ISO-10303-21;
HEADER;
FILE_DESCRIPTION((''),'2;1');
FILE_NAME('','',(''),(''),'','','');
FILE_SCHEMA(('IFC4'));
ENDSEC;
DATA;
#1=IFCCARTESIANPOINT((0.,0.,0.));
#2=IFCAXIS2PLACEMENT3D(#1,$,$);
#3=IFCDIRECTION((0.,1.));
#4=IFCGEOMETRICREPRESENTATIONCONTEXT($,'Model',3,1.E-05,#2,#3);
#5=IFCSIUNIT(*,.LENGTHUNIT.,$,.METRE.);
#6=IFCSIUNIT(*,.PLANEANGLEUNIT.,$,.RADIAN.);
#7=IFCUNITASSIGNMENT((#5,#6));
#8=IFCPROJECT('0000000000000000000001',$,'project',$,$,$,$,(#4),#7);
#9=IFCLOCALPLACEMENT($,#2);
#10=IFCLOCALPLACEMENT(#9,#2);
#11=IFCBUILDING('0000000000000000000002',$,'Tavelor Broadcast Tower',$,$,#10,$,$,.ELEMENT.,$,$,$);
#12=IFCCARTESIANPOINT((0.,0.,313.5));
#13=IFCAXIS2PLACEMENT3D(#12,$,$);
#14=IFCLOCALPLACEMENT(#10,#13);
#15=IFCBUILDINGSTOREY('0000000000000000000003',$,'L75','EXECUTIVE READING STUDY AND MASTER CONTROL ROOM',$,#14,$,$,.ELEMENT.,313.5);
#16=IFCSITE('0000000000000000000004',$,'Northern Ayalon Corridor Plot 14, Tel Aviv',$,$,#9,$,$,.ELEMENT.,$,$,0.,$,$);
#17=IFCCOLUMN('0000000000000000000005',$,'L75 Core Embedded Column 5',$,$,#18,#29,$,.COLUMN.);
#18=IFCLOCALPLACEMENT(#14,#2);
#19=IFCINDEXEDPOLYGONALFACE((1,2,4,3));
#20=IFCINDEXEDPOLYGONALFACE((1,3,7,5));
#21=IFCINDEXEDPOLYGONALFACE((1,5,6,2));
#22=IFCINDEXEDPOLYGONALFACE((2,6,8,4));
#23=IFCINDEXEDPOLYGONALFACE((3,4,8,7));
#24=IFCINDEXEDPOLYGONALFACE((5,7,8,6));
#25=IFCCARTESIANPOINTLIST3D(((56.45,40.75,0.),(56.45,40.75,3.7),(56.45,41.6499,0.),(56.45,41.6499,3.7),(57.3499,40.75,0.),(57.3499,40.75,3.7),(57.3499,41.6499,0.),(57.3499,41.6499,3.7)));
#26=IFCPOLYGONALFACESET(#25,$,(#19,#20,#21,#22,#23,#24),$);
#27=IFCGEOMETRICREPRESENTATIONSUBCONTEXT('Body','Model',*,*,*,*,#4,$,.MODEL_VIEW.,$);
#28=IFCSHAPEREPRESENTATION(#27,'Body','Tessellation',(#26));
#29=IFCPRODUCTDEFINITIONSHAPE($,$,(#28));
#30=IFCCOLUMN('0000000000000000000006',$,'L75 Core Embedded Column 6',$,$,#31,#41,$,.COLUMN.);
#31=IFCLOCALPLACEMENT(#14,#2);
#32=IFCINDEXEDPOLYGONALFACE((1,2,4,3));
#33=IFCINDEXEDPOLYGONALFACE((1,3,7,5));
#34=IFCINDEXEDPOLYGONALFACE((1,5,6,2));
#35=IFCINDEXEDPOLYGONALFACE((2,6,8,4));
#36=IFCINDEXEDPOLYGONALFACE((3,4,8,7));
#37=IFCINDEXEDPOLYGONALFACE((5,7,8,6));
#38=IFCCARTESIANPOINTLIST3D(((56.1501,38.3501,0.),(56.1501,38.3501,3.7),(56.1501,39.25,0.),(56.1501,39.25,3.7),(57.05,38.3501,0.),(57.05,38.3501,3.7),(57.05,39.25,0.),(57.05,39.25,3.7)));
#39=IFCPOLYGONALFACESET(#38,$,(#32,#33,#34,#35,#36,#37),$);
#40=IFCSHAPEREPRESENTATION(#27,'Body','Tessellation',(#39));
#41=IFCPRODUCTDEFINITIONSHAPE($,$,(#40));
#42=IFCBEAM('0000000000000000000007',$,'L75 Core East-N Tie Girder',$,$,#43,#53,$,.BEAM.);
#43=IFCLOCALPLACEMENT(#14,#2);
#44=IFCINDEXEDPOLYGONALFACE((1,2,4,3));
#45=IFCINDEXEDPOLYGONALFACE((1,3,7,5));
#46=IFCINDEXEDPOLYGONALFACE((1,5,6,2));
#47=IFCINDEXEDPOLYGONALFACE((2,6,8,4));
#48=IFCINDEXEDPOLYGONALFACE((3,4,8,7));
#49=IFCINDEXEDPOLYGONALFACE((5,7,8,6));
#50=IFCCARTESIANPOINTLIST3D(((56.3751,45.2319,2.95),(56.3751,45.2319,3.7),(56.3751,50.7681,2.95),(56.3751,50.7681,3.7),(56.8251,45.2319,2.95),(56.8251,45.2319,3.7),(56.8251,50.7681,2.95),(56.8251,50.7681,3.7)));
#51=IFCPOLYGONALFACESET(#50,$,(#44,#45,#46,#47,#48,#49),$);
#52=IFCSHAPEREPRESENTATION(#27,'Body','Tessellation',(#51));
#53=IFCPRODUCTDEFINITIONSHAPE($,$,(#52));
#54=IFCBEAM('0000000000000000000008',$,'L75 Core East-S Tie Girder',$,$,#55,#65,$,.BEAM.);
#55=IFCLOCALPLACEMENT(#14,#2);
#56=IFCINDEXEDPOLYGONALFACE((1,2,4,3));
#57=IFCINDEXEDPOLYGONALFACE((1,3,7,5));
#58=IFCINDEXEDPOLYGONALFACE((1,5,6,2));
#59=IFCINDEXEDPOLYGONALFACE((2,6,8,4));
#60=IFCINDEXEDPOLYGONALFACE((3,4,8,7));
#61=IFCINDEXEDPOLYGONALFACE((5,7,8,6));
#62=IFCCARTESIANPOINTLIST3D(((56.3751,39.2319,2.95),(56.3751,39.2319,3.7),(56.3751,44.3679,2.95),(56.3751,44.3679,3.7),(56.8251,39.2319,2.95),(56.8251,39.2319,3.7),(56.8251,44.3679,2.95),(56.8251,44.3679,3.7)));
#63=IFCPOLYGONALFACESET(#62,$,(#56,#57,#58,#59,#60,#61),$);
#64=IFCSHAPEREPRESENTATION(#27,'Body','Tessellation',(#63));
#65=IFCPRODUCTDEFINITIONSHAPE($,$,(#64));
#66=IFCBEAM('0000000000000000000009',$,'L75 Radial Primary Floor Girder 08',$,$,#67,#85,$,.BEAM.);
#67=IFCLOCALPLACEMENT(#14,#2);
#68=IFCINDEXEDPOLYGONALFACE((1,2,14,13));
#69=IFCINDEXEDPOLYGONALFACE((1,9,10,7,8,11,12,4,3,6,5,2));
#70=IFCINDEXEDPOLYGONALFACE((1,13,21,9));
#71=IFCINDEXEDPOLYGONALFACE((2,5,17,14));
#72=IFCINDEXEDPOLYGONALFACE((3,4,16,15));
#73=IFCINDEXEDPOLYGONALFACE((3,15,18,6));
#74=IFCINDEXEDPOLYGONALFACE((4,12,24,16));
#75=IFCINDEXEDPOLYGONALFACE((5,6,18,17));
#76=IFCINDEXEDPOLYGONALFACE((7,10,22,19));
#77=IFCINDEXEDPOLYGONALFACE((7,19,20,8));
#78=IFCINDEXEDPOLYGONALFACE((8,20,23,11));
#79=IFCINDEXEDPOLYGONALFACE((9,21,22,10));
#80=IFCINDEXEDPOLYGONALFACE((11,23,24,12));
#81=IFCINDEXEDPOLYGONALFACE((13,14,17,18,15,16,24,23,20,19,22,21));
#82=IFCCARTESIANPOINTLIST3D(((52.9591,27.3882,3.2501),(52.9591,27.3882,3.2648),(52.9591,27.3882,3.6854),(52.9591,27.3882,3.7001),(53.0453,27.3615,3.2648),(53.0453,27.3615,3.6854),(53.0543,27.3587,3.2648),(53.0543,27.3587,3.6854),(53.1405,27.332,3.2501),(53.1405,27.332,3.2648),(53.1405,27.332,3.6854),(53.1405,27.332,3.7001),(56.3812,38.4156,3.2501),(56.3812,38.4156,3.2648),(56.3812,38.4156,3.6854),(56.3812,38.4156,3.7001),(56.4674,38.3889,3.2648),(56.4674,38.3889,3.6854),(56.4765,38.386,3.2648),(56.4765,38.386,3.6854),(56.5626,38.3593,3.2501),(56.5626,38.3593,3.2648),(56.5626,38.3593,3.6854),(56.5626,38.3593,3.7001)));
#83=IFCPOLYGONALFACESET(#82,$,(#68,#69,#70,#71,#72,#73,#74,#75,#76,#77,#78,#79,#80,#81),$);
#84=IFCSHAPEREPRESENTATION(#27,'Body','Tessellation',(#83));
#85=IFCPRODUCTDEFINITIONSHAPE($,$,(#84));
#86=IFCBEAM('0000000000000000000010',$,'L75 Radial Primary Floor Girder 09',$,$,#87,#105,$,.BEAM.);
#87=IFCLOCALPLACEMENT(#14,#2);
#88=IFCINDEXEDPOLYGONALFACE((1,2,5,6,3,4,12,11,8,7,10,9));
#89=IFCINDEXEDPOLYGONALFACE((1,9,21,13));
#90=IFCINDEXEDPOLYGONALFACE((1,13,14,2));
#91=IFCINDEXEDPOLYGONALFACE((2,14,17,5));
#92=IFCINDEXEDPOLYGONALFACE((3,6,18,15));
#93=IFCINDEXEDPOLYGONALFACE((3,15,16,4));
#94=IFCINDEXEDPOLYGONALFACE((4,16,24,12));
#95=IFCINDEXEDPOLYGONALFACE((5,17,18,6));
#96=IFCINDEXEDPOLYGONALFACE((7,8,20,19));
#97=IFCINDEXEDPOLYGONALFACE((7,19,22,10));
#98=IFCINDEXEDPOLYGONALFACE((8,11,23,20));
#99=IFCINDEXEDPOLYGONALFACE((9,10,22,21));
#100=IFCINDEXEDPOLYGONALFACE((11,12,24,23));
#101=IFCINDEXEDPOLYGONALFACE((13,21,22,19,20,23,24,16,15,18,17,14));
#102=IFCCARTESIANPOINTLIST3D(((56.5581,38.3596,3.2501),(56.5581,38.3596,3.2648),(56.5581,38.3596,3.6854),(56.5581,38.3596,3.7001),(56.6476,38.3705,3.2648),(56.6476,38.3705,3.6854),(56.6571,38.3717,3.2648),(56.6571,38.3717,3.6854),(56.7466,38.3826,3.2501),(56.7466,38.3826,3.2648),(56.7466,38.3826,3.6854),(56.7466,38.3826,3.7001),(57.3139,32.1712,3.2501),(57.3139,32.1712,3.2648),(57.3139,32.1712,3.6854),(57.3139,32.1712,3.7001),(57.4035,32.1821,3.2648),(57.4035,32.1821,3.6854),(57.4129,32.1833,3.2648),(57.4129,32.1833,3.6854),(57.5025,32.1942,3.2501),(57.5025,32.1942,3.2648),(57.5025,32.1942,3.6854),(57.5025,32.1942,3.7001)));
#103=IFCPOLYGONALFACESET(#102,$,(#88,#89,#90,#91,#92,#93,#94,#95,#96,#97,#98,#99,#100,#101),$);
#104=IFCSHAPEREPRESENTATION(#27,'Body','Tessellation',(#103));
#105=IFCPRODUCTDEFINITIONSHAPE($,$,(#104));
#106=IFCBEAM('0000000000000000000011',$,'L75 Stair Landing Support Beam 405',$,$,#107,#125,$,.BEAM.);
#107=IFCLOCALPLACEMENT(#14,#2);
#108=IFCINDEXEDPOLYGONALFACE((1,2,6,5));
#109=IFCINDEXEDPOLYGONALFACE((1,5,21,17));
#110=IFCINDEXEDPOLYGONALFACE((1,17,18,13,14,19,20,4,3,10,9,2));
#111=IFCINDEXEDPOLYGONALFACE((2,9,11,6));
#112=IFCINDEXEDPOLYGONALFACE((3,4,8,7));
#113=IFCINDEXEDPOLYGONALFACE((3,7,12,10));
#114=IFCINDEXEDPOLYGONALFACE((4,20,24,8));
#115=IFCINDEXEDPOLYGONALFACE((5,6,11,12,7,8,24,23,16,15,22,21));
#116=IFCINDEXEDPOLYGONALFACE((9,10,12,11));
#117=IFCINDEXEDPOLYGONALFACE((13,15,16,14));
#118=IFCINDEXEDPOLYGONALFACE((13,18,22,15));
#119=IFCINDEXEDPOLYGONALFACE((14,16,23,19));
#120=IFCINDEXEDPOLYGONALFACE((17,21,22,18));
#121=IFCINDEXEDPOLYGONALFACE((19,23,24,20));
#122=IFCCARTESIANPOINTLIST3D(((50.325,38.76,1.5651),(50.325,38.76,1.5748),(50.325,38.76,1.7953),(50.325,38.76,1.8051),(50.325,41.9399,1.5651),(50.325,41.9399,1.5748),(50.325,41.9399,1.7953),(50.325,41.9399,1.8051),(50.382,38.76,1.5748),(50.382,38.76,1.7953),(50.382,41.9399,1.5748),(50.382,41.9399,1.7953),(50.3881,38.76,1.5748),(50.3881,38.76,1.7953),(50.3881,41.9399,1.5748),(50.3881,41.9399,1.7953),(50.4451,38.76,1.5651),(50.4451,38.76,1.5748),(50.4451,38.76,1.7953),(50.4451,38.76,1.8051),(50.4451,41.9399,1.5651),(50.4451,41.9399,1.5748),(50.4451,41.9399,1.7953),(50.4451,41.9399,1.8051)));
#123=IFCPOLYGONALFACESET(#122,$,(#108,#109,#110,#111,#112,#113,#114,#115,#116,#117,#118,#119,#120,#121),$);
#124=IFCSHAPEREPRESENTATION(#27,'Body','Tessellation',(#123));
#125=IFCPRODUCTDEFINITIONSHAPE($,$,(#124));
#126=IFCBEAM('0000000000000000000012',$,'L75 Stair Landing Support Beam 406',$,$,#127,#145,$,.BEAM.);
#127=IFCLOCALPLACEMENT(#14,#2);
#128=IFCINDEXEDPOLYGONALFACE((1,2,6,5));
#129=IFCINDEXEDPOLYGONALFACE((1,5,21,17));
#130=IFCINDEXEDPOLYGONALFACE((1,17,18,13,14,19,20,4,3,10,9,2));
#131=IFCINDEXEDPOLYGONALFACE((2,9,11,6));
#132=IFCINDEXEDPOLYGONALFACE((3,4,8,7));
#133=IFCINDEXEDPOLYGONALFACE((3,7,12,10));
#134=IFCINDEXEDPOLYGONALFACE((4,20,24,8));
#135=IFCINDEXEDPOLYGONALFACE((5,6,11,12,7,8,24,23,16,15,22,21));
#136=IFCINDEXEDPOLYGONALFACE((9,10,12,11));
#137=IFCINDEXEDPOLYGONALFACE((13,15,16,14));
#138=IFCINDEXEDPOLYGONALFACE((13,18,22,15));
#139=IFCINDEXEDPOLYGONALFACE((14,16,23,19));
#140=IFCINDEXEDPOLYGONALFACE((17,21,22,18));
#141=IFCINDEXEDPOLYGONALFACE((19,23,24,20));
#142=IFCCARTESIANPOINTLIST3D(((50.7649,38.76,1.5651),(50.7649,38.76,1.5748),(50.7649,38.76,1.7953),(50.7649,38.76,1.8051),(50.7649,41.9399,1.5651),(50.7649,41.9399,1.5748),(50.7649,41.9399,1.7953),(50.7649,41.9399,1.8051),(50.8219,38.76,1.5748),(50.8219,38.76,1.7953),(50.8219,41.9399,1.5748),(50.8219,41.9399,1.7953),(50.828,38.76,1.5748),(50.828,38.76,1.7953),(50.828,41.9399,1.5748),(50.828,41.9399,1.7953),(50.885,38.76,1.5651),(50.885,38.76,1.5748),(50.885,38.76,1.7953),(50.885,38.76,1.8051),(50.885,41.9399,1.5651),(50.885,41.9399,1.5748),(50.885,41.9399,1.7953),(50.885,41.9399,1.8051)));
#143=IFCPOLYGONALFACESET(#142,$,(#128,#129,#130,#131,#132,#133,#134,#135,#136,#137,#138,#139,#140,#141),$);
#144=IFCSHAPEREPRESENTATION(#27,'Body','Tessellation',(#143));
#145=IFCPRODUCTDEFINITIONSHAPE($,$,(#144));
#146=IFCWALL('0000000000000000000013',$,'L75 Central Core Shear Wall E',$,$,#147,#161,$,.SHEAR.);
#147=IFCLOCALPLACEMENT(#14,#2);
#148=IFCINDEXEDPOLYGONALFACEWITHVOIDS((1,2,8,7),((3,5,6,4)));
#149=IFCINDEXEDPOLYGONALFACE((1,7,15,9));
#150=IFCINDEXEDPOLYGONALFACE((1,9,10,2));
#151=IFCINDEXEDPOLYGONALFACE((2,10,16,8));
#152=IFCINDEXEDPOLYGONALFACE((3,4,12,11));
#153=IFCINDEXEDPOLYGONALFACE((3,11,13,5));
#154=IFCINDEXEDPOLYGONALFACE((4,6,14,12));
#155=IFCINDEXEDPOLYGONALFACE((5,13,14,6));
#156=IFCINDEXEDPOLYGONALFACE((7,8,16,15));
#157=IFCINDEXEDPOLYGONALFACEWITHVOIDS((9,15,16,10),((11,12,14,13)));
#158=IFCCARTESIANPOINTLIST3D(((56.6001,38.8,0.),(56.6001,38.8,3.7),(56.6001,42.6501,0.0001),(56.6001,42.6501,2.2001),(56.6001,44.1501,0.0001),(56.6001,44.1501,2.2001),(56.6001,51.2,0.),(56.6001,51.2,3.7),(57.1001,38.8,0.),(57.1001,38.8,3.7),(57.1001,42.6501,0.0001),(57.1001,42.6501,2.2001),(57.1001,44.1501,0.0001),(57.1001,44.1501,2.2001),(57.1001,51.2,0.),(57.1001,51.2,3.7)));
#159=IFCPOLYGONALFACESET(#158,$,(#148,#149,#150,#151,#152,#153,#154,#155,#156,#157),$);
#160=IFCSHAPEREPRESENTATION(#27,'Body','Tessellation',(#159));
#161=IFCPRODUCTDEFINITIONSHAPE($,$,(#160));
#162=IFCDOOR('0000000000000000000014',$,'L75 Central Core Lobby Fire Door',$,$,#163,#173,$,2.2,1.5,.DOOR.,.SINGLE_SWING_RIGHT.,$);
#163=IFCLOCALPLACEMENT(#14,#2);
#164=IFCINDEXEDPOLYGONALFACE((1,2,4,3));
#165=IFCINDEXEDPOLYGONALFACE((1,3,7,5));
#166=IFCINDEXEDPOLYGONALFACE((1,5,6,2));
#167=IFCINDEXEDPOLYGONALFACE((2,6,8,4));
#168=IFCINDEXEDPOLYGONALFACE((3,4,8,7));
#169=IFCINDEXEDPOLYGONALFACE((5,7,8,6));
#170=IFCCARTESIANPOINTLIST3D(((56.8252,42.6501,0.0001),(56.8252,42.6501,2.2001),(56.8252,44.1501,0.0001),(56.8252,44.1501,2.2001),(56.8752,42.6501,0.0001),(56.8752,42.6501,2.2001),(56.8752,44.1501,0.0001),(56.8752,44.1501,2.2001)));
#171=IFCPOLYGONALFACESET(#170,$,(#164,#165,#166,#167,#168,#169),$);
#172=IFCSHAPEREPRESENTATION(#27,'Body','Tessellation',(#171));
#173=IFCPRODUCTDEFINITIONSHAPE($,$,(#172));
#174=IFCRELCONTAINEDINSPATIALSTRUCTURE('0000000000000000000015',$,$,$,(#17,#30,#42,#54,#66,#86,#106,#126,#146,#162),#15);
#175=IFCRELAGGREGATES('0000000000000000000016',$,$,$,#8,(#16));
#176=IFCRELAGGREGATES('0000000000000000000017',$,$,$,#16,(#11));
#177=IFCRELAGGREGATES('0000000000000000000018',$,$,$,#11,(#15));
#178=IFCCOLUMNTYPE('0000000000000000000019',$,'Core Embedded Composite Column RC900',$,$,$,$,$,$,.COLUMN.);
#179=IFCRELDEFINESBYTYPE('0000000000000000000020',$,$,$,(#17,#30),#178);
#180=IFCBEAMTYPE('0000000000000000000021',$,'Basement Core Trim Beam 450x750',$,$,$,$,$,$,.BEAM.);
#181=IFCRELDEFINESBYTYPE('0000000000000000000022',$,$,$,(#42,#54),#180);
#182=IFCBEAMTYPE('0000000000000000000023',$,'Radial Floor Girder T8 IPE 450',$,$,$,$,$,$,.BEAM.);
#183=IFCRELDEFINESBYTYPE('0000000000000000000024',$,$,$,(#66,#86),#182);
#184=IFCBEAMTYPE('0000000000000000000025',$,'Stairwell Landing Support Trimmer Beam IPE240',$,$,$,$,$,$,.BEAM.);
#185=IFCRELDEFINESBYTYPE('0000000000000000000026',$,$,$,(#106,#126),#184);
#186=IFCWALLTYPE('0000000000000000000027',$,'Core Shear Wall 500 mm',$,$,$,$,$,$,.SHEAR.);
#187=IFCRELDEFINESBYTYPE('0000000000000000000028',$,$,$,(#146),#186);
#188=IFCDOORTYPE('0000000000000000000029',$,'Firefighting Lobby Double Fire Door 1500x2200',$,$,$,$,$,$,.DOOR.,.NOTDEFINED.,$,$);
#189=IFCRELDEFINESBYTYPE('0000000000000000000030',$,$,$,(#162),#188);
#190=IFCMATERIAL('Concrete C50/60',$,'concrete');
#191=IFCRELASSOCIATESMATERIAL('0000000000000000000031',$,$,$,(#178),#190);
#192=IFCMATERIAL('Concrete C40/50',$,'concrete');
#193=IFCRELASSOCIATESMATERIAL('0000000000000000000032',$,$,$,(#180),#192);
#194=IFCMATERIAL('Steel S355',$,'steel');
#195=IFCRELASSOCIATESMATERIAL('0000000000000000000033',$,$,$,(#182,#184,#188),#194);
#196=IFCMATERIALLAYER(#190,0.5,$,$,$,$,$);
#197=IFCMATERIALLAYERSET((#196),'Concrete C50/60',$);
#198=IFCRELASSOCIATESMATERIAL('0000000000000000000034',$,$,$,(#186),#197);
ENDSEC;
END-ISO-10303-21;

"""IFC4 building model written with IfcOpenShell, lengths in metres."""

from ifc_helpers import new_model, si_unit, direction, frame, frame_2d, origin, origin_2d, place, context, subcontext, project, spatial, rectangle, i_section, extrude, material, layer, layer_set, material_profile, profile_set, type_object, element, fill, save


model = new_model("IFC4")

# Units and contexts
model_context = context("Model", 3, precision=1e-05, world=origin(), true_north=direction((0.0, 1.0)))
body_context = subcontext(model_context, "Body", "Model", "MODEL_VIEW")
ifc_project = project(units=[si_unit("LENGTHUNIT", "METRE"), si_unit("PLANEANGLEUNIT", "RADIAN")], contexts=[model_context])

# Site, building, storey
site_placement = place(None, origin())
site = spatial("IfcSite", under=ifc_project, at=site_placement, Name="Northern Ayalon Corridor Plot 14, Tel Aviv", CompositionType="ELEMENT", RefElevation=0.0)
building_placement = place(site_placement, origin())
building = spatial("IfcBuilding", under=site, at=building_placement, Name="Tavelor Broadcast Tower", CompositionType="ELEMENT")
storey_placement = place(building_placement, frame((0.0, 0.0, 313.5)))
storey = spatial("IfcBuildingStorey", under=building, at=storey_placement, Name="L75", Description="EXECUTIVE READING STUDY AND MASTER CONTROL ROOM", CompositionType="ELEMENT", Elevation=313.5)

# Columns
ifc_material_1 = material(Name="Concrete C50/60", Category="concrete")
ifc_material_profile_1 = material_profile(ifc_material_1, rectangle(XDim=0.8999, YDim=0.8999, at=origin_2d()), Name="RC 900x900")
ifc_profile_set_1 = profile_set([ifc_material_profile_1], Name="Concrete C50/60")
column_type = type_object("IfcColumnType", Name="Core Embedded Composite Column RC900", PredefinedType="COLUMN", material=ifc_profile_set_1)
for number, where, z_axis, x_axis, name in (
    (1, (56.8999, 41.2, 0.0), (0.0, 0.0, 1.0), (1.0, 0.0, 0.0), "L75 Core Embedded Column 5"),
    (2, (56.6001, 38.8, 0.0), (0.0, 0.0, 1.0), (1.0, 0.0, 0.0), "L75 Core Embedded Column 6"),
):
    element("IfcColumn", number, at=place(storey_placement, frame(where, z_axis=z_axis, x_axis=x_axis)), inside=storey, type_object=column_type, Name=name, PredefinedType="COLUMN", context=body_context, shape_type="SweptSolid", body=[
        extrude(rectangle(XDim=0.8999, YDim=0.8999, at=origin_2d()), origin(), (0.0, 0.0, 1.0), 3.7),
    ])

# Beams
ifc_material_2 = material(Name="Concrete C40/50", Category="concrete")
ifc_material_profile_2 = material_profile(ifc_material_2, rectangle(XDim=0.45, YDim=0.75, at=origin_2d()), Name="RC 450x750")
ifc_profile_set_2 = profile_set([ifc_material_profile_2], Name="Concrete C40/50")
beam_type_1 = type_object("IfcBeamType", Name="Basement Core Trim Beam 450x750", PredefinedType="BEAM", material=ifc_profile_set_2)
beam_1_placement = place(storey_placement, frame((56.6001, 45.2319, 3.325), z_axis=(0.0, 1.0, 0.0), x_axis=(-1.0, 0.0, 0.0)))
element("IfcBeam", 3, at=beam_1_placement, inside=storey, type_object=beam_type_1, Name="L75 Core East-N Tie Girder", PredefinedType="BEAM", context=body_context, shape_type="SweptSolid", body=[
    extrude(rectangle(XDim=0.45, YDim=0.75, at=origin_2d()), origin(), (0.0, 0.0, 1.0), 5.5361),
])
beam_2_placement = place(storey_placement, frame((56.6001, 39.2319, 3.325), z_axis=(0.0, 1.0, 0.0), x_axis=(-1.0, 0.0, 0.0)))
element("IfcBeam", 4, at=beam_2_placement, inside=storey, type_object=beam_type_1, Name="L75 Core East-S Tie Girder", PredefinedType="BEAM", context=body_context, shape_type="SweptSolid", body=[
    extrude(rectangle(XDim=0.45, YDim=0.75, at=origin_2d()), origin(), (0.0, 0.0, 1.0), 5.136),
])
ifc_material_3 = material(Name="Steel S355", Category="steel")
ifc_material_profile_3 = material_profile(ifc_material_3, i_section(OverallWidth=0.1899, OverallDepth=0.45, WebThickness=0.0095, FlangeThickness=0.0146, at=origin_2d()), Name="IPE 450")
ifc_profile_set_3 = profile_set([ifc_material_profile_3], Name="Steel S355")
beam_type_2 = type_object("IfcBeamType", Name="Radial Floor Girder T8 IPE 450", PredefinedType="BEAM", material=ifc_profile_set_3)
beam_3_placement = place(storey_placement, frame((56.4719, 38.3875, 3.4751), z_axis=(-0.296387, -0.955068, 0.0), x_axis=(0.955068, -0.296387, 0.0)))
element("IfcBeam", 5, at=beam_3_placement, inside=storey, type_object=beam_type_2, Name="L75 Radial Primary Floor Girder 08", PredefinedType="BEAM", context=body_context, shape_type="SweptSolid", body=[
    extrude(i_section(OverallWidth=0.1899, OverallDepth=0.45, WebThickness=0.0095, FlangeThickness=0.0146, at=origin_2d()), origin(), (0.0, 0.0, 1.0), 11.5461),
])
beam_4_placement = place(storey_placement, frame((56.6523, 38.3711, 3.4751), z_axis=(0.121239, -0.992623, 0.0), x_axis=(0.992623, 0.121239, 0.0)))
element("IfcBeam", 6, at=beam_4_placement, inside=storey, type_object=beam_type_2, Name="L75 Radial Primary Floor Girder 09", PredefinedType="BEAM", context=body_context, shape_type="SweptSolid", body=[
    extrude(i_section(OverallWidth=0.1899, OverallDepth=0.45, WebThickness=0.0095, FlangeThickness=0.0146, at=origin_2d()), origin(), (0.0, 0.0, 1.0), 6.2344),
])
ifc_material_profile_4 = material_profile(ifc_material_3, i_section(OverallWidth=0.1201, OverallDepth=0.24, WebThickness=0.0061, FlangeThickness=0.0098, at=origin_2d()), Name="IPE 240")
ifc_profile_set_4 = profile_set([ifc_material_profile_4], Name="Steel S355")
beam_type_3 = type_object("IfcBeamType", Name="Stairwell Landing Support Trimmer Beam IPE240", PredefinedType="BEAM", material=ifc_profile_set_4)
for number, where, z_axis, x_axis, name in (
    (7, (50.385, 38.76, 1.6851), (0.0, 1.0, 0.0), (-1.0, 0.0, 0.0), "L75 Stair Landing Support Beam 405"),
    (8, (50.825, 38.76, 1.6851), (0.0, 1.0, 0.0), (-1.0, 0.0, 0.0), "L75 Stair Landing Support Beam 406"),
):
    element("IfcBeam", number, at=place(storey_placement, frame(where, z_axis=z_axis, x_axis=x_axis)), inside=storey, type_object=beam_type_3, Name=name, PredefinedType="BEAM", context=body_context, shape_type="SweptSolid", body=[
        extrude(i_section(OverallWidth=0.1201, OverallDepth=0.24, WebThickness=0.0061, FlangeThickness=0.0098, at=origin_2d()), origin(), (0.0, 0.0, 1.0), 3.1799),
    ])

# Wall, opening, door
ifc_layer_1 = layer(ifc_material_1, 0.5)
ifc_layer_set_1 = layer_set([ifc_layer_1], Name="Concrete C50/60")
wall_type_1 = type_object("IfcWallType", Name="Core Shear Wall 500 mm", PredefinedType="SHEAR", material=ifc_layer_set_1)
wall_1_placement = place(storey_placement, frame((56.8501, 38.8, 0.0), z_axis=(0.0, 0.0, 1.0), x_axis=(0.0, 1.0, 0.0)))
wall_1 = element("IfcWall", 9, at=wall_1_placement, inside=storey, type_object=wall_type_1, Name="L75 Central Core Shear Wall E", PredefinedType="SHEAR", context=body_context, shape_type="SweptSolid", body=[
    extrude(rectangle(XDim=12.3999, YDim=0.5, at=frame_2d((6.2, 0.0))), origin(), (0.0, 0.0, 1.0), 3.7),
])
opening_1_placement = place(wall_1_placement, frame((3.8501, 0.0, 0.0)))
opening_1 = element("IfcOpeningElement", 10, at=opening_1_placement, cuts=wall_1, PredefinedType="OPENING", context=body_context, shape_type="SweptSolid", body=[
    extrude(rectangle(XDim=1.5, YDim=2.2, at=frame_2d((0.75, 1.1001))), frame((0.0, 0.26, 0.0), z_axis=(0.0, -1.0, 0.0), x_axis=(1.0, 0.0, 0.0)), (0.0, 0.0, 1.0), 0.52),
])
door_type_1 = type_object("IfcDoorType", Name="Firefighting Lobby Double Fire Door 1500x2200", OperationType="NOTDEFINED", PredefinedType="DOOR", material=ifc_material_3)
door_1_placement = place(opening_1_placement, origin())
door_1 = element("IfcDoor", 11, at=door_1_placement, inside=storey, type_object=door_type_1, Name="L75 Central Core Lobby Fire Door", OperationType="SINGLE_SWING_RIGHT", OverallHeight=2.2, OverallWidth=1.5, PredefinedType="DOOR", context=body_context, shape_type="SweptSolid", body=[
    extrude(rectangle(XDim=1.5, YDim=2.2, at=frame_2d((0.75, 1.1001))), frame((0.0, 0.0249, 0.0), z_axis=(0.0, -1.0, 0.0), x_axis=(1.0, 0.0, 0.0)), (0.0, 0.0, 1.0), 0.05),
])
fill(opening_1, door_1)

save(model, "model.ifc")
